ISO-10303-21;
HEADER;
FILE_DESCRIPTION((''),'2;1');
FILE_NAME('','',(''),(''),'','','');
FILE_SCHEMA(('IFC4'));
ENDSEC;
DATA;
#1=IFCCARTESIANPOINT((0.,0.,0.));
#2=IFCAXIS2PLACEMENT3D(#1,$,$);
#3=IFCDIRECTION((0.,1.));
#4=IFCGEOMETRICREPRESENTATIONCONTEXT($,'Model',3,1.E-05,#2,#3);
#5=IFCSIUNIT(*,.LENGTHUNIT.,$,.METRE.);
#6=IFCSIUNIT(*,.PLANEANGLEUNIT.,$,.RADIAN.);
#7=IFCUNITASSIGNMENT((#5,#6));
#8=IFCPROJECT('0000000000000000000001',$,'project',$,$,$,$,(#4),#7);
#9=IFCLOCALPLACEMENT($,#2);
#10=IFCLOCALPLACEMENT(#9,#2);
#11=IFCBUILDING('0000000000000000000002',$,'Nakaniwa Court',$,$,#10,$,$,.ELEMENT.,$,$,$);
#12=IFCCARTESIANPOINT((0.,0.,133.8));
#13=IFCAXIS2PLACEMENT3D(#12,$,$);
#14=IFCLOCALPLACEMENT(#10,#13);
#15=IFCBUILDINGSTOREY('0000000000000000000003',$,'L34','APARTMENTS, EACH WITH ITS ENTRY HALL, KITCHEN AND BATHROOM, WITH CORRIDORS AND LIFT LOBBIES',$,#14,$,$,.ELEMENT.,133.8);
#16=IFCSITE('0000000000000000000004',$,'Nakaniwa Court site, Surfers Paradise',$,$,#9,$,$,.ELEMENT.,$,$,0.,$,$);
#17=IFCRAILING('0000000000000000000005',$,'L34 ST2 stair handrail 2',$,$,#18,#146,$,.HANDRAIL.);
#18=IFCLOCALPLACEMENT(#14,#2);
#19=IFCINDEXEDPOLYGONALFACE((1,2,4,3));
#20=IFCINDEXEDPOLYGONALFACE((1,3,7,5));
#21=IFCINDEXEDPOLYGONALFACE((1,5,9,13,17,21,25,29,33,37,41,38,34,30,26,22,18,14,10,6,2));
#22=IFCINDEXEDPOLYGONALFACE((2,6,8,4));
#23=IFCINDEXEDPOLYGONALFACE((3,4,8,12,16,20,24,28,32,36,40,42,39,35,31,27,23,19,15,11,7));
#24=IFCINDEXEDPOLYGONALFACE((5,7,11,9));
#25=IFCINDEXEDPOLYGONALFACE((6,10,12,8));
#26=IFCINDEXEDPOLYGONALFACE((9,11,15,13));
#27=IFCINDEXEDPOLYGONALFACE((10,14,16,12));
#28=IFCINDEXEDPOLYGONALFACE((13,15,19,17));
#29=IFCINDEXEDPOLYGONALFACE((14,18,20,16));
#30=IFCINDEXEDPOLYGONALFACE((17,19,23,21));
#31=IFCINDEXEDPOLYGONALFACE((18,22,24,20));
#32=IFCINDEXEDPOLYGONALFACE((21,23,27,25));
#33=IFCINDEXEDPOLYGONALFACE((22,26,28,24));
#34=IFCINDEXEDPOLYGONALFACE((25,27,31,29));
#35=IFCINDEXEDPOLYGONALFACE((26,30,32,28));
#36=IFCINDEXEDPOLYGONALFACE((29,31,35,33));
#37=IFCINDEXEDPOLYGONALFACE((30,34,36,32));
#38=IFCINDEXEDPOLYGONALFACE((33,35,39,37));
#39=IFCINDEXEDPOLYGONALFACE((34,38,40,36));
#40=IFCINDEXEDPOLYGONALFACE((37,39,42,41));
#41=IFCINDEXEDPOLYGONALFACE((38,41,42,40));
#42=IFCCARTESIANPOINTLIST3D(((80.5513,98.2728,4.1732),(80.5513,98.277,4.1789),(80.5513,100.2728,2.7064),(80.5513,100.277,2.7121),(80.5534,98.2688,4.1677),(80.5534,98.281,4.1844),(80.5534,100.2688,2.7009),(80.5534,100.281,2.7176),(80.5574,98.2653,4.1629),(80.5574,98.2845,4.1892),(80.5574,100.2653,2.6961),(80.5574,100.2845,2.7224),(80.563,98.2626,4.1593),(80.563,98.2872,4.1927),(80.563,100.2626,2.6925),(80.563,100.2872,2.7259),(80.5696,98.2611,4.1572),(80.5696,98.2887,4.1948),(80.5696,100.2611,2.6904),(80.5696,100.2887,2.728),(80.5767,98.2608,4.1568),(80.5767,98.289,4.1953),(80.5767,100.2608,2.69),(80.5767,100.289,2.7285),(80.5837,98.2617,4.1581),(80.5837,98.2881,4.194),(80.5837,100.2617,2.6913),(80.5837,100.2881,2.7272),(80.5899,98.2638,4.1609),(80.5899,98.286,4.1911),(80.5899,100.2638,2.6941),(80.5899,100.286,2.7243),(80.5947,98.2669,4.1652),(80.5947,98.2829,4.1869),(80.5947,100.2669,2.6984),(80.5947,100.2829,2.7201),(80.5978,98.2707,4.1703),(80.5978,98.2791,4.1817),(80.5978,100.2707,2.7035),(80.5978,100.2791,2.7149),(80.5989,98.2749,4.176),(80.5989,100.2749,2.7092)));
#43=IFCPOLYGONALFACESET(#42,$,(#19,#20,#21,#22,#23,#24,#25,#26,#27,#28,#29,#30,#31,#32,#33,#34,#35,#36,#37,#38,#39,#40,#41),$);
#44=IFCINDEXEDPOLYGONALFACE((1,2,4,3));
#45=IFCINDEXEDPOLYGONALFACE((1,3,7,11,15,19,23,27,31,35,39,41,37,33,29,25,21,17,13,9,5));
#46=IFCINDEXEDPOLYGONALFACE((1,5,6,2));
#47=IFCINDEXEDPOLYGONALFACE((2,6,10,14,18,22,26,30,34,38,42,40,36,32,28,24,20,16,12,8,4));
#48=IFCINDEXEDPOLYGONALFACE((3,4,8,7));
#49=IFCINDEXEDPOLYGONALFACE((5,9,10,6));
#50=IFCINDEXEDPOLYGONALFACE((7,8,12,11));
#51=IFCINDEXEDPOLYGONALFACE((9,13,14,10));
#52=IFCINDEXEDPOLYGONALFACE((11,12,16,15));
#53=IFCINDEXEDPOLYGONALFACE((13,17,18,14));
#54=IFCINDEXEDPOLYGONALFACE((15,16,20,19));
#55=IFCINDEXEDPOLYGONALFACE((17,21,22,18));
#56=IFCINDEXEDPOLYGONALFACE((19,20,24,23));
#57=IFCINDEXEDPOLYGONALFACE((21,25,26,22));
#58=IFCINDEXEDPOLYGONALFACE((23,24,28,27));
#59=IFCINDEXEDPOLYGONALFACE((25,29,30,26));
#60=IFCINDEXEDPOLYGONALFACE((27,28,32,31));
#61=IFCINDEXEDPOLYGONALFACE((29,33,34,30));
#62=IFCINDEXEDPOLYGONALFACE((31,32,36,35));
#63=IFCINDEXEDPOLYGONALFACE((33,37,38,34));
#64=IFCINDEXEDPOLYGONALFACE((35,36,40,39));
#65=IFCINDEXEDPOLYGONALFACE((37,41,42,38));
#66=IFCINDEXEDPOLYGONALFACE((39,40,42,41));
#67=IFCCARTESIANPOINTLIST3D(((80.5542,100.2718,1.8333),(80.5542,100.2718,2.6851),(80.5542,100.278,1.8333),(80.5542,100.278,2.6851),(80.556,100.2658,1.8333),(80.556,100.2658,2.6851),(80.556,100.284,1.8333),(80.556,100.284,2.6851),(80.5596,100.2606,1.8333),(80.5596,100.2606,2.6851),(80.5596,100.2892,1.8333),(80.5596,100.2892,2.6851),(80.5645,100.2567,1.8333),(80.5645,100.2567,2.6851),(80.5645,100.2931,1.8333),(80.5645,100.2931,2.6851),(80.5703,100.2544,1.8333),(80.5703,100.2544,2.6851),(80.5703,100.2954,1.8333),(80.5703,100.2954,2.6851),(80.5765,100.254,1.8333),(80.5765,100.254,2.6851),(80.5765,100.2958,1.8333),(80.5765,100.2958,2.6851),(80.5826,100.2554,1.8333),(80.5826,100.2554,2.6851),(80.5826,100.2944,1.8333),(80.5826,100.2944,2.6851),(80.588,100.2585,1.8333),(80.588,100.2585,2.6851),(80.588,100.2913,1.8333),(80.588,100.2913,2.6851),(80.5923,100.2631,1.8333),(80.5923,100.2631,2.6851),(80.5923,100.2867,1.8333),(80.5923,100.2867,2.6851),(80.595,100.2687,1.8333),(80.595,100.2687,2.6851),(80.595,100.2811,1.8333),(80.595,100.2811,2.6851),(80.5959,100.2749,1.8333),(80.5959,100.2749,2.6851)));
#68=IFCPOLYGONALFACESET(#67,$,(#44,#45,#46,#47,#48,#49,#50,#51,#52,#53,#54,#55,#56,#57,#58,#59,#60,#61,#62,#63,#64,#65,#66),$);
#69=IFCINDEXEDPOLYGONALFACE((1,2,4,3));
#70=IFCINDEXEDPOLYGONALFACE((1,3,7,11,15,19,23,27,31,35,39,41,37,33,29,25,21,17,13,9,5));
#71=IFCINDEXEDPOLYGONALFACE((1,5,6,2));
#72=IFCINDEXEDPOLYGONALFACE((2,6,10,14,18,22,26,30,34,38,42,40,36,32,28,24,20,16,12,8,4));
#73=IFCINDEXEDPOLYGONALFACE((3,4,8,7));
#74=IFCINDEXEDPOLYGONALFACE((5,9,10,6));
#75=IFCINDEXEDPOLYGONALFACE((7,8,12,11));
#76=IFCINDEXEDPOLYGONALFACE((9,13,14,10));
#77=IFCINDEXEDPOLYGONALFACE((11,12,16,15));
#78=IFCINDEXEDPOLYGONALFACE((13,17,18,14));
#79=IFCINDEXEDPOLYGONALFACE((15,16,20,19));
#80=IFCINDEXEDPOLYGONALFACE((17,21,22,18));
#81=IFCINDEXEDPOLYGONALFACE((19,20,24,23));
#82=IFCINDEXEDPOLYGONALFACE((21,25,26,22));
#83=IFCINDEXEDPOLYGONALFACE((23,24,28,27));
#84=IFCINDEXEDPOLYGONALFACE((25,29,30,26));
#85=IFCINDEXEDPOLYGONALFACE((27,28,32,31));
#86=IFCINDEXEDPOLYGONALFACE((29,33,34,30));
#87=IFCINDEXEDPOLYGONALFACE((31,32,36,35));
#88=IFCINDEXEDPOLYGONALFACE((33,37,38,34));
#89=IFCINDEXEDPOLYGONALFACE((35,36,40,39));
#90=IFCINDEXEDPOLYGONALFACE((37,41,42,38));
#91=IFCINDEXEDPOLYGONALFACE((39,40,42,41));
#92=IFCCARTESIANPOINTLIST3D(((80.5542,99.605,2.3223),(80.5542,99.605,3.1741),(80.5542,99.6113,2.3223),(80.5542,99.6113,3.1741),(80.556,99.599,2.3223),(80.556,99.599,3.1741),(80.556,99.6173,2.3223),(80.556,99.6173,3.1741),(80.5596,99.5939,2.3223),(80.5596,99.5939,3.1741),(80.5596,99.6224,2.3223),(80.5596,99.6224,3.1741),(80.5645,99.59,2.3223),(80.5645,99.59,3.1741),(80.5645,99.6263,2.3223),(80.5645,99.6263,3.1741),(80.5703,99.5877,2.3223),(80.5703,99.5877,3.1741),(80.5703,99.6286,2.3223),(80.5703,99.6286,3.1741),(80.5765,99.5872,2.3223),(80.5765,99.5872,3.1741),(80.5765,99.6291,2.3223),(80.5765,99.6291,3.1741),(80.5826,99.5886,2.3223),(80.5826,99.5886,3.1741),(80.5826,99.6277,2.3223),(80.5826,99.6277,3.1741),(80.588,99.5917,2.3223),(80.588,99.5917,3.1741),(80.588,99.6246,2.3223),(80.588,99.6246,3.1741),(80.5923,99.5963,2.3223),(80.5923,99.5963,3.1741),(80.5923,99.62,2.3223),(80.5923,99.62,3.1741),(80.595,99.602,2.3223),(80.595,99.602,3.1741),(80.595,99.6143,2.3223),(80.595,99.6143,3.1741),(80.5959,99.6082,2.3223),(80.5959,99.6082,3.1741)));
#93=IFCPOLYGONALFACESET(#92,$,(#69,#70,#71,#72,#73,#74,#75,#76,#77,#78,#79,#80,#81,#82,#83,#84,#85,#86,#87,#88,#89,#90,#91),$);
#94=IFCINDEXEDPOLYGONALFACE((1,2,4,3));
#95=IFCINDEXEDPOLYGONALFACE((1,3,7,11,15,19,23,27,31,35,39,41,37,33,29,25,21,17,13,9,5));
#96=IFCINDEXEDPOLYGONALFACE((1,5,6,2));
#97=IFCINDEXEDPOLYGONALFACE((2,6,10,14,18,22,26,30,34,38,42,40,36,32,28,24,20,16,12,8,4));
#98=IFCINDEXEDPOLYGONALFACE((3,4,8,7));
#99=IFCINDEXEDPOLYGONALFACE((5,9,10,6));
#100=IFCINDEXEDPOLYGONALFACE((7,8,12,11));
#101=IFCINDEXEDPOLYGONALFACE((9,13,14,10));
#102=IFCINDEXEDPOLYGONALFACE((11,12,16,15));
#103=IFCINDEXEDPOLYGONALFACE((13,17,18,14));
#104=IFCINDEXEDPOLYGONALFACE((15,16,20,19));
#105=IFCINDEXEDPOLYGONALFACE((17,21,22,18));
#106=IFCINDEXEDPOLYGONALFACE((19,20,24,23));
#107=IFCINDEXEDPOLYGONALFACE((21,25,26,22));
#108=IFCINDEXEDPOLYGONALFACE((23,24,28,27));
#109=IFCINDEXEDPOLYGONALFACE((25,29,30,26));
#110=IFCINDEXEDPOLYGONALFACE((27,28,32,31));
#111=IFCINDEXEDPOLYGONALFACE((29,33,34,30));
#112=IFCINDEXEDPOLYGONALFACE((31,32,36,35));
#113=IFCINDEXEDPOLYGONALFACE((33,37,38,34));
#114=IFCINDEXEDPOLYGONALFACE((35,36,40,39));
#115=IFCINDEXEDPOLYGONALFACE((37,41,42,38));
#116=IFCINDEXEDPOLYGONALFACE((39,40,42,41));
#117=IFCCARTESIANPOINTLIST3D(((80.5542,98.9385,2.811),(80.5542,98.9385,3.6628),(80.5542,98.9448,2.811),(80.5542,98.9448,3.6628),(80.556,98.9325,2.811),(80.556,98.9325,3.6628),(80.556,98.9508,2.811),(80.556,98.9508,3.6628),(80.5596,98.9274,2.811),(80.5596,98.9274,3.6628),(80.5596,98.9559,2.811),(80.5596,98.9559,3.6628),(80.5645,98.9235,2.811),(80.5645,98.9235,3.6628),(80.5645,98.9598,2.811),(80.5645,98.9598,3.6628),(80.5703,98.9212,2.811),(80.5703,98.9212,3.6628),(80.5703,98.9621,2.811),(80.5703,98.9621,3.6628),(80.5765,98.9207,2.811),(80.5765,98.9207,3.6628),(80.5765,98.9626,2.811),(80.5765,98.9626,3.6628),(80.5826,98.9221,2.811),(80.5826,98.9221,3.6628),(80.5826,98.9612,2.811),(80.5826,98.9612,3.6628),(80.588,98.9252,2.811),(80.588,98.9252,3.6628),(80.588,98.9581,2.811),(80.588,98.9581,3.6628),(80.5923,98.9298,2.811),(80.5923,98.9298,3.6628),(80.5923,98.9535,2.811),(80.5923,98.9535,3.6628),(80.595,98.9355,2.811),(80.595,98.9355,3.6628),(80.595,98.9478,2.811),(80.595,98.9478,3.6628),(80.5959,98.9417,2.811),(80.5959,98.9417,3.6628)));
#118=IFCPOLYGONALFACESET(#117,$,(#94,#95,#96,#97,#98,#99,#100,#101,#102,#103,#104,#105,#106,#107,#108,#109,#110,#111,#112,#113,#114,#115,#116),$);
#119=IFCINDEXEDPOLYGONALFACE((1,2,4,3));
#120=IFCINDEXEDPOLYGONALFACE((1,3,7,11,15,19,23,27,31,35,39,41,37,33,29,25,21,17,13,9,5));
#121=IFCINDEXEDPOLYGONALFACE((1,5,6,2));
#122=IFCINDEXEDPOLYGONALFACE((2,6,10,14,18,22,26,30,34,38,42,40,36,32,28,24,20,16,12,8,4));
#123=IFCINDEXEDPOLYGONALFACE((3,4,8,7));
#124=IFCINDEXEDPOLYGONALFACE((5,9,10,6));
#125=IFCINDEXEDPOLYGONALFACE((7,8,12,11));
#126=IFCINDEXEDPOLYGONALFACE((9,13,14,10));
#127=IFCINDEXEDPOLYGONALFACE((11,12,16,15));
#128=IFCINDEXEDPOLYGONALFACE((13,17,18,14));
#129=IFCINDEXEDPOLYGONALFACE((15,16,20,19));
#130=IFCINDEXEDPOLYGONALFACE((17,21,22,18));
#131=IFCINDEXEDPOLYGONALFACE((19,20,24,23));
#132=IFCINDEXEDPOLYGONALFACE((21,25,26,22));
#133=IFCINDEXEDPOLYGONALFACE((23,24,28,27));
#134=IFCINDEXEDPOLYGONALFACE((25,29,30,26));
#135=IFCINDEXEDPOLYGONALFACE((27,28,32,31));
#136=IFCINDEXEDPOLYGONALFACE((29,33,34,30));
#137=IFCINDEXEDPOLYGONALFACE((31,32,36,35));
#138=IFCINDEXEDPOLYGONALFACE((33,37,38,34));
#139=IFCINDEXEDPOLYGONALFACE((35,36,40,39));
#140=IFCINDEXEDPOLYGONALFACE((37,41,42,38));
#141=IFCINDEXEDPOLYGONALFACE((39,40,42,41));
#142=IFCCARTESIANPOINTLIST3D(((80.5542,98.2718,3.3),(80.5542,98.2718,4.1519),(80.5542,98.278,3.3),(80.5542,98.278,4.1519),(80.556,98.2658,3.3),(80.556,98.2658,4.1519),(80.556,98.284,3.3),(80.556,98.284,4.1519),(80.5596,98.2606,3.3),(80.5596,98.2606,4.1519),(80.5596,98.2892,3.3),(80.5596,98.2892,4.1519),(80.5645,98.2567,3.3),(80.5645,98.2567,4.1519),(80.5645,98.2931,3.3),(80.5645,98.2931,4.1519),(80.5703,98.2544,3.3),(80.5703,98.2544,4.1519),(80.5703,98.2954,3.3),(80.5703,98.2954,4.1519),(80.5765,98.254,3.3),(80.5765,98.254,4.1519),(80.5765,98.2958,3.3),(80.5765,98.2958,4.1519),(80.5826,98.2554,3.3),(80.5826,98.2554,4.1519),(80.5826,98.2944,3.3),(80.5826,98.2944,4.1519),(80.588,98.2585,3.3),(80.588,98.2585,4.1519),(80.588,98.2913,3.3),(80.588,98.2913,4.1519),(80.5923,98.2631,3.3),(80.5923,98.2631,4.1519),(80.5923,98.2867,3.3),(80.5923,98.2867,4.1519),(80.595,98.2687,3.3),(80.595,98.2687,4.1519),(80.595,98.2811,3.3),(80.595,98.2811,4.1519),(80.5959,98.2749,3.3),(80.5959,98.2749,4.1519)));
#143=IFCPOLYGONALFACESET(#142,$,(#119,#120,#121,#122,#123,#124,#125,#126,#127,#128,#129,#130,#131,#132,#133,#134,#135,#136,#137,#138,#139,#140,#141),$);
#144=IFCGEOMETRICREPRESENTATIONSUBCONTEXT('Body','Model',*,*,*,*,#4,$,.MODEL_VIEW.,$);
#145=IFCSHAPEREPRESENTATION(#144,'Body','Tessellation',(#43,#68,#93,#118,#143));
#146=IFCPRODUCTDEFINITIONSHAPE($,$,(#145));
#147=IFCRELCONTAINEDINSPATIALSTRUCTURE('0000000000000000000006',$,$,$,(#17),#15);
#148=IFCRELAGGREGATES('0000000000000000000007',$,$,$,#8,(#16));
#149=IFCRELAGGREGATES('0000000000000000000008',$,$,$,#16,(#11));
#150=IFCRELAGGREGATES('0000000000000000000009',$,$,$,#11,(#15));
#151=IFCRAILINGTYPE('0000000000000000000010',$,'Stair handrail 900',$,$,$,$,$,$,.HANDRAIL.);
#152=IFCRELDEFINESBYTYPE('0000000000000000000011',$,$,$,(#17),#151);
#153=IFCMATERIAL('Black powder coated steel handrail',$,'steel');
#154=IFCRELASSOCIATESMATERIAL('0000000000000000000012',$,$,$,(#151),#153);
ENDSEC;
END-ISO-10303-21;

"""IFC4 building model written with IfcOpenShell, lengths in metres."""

from ifc_helpers import new_model, si_unit, direction, frame, origin, origin_2d, place, context, subcontext, project, spatial, circle, extrude, material, type_object, element, save


model = new_model("IFC4")

# Units and contexts
model_context = context("Model", 3, precision=1e-05, world=origin(), true_north=direction((0.0, 1.0)))
body_context = subcontext(model_context, "Body", "Model", "MODEL_VIEW")
ifc_project = project(units=[si_unit("LENGTHUNIT", "METRE"), si_unit("PLANEANGLEUNIT", "RADIAN")], contexts=[model_context])

# Site, building, storey
site_placement = place(None, origin())
site = spatial("IfcSite", under=ifc_project, at=site_placement, Name="Nakaniwa Court site, Surfers Paradise", CompositionType="ELEMENT", RefElevation=0.0)
building_placement = place(site_placement, origin())
building = spatial("IfcBuilding", under=site, at=building_placement, Name="Nakaniwa Court", CompositionType="ELEMENT")
storey_placement = place(building_placement, frame((0.0, 0.0, 133.8)))
storey = spatial("IfcBuildingStorey", under=building, at=storey_placement, Name="L34", Description="APARTMENTS, EACH WITH ITS ENTRY HALL, KITCHEN AND BATHROOM, WITH CORRIDORS AND LIFT LOBBIES", CompositionType="ELEMENT", Elevation=133.8)

# Railing
ifc_material_1 = material(Name="Black powder coated steel handrail", Category="steel")
railing_type_1 = type_object("IfcRailingType", Name="Stair handrail 900", PredefinedType="HANDRAIL", material=ifc_material_1)
railing_1_placement = place(storey_placement, frame((80.575, 100.2749, 1.8333)))
element("IfcRailing", 1, at=railing_1_placement, inside=storey, type_object=railing_type_1, Name="L34 ST2 stair handrail 2", PredefinedType="HANDRAIL", context=body_context, shape_type="SweptSolid", body=[
    extrude(circle(Radius=0.0239, at=origin_2d()), frame((0.0, 0.0, 0.876), z_axis=(0.0, -0.80638, 0.591398), x_axis=(1.0, 0.0, 0.0)), (0.0, 0.0, 1.0), 2.4802),
    extrude(circle(Radius=0.021, at=origin_2d()), origin(), (0.0, 0.0, 1.0), 0.8518),
    extrude(circle(Radius=0.021, at=origin_2d()), frame((0.0, -0.6667, 0.489)), (0.0, 0.0, 1.0), 0.8518),
    extrude(circle(Radius=0.021, at=origin_2d()), frame((0.0, -1.3333, 0.9778)), (0.0, 0.0, 1.0), 0.8518),
    extrude(circle(Radius=0.021, at=origin_2d()), frame((0.0, -2.0, 1.4668)), (0.0, 0.0, 1.0), 0.8518),
])

save(model, "model.ifc")
